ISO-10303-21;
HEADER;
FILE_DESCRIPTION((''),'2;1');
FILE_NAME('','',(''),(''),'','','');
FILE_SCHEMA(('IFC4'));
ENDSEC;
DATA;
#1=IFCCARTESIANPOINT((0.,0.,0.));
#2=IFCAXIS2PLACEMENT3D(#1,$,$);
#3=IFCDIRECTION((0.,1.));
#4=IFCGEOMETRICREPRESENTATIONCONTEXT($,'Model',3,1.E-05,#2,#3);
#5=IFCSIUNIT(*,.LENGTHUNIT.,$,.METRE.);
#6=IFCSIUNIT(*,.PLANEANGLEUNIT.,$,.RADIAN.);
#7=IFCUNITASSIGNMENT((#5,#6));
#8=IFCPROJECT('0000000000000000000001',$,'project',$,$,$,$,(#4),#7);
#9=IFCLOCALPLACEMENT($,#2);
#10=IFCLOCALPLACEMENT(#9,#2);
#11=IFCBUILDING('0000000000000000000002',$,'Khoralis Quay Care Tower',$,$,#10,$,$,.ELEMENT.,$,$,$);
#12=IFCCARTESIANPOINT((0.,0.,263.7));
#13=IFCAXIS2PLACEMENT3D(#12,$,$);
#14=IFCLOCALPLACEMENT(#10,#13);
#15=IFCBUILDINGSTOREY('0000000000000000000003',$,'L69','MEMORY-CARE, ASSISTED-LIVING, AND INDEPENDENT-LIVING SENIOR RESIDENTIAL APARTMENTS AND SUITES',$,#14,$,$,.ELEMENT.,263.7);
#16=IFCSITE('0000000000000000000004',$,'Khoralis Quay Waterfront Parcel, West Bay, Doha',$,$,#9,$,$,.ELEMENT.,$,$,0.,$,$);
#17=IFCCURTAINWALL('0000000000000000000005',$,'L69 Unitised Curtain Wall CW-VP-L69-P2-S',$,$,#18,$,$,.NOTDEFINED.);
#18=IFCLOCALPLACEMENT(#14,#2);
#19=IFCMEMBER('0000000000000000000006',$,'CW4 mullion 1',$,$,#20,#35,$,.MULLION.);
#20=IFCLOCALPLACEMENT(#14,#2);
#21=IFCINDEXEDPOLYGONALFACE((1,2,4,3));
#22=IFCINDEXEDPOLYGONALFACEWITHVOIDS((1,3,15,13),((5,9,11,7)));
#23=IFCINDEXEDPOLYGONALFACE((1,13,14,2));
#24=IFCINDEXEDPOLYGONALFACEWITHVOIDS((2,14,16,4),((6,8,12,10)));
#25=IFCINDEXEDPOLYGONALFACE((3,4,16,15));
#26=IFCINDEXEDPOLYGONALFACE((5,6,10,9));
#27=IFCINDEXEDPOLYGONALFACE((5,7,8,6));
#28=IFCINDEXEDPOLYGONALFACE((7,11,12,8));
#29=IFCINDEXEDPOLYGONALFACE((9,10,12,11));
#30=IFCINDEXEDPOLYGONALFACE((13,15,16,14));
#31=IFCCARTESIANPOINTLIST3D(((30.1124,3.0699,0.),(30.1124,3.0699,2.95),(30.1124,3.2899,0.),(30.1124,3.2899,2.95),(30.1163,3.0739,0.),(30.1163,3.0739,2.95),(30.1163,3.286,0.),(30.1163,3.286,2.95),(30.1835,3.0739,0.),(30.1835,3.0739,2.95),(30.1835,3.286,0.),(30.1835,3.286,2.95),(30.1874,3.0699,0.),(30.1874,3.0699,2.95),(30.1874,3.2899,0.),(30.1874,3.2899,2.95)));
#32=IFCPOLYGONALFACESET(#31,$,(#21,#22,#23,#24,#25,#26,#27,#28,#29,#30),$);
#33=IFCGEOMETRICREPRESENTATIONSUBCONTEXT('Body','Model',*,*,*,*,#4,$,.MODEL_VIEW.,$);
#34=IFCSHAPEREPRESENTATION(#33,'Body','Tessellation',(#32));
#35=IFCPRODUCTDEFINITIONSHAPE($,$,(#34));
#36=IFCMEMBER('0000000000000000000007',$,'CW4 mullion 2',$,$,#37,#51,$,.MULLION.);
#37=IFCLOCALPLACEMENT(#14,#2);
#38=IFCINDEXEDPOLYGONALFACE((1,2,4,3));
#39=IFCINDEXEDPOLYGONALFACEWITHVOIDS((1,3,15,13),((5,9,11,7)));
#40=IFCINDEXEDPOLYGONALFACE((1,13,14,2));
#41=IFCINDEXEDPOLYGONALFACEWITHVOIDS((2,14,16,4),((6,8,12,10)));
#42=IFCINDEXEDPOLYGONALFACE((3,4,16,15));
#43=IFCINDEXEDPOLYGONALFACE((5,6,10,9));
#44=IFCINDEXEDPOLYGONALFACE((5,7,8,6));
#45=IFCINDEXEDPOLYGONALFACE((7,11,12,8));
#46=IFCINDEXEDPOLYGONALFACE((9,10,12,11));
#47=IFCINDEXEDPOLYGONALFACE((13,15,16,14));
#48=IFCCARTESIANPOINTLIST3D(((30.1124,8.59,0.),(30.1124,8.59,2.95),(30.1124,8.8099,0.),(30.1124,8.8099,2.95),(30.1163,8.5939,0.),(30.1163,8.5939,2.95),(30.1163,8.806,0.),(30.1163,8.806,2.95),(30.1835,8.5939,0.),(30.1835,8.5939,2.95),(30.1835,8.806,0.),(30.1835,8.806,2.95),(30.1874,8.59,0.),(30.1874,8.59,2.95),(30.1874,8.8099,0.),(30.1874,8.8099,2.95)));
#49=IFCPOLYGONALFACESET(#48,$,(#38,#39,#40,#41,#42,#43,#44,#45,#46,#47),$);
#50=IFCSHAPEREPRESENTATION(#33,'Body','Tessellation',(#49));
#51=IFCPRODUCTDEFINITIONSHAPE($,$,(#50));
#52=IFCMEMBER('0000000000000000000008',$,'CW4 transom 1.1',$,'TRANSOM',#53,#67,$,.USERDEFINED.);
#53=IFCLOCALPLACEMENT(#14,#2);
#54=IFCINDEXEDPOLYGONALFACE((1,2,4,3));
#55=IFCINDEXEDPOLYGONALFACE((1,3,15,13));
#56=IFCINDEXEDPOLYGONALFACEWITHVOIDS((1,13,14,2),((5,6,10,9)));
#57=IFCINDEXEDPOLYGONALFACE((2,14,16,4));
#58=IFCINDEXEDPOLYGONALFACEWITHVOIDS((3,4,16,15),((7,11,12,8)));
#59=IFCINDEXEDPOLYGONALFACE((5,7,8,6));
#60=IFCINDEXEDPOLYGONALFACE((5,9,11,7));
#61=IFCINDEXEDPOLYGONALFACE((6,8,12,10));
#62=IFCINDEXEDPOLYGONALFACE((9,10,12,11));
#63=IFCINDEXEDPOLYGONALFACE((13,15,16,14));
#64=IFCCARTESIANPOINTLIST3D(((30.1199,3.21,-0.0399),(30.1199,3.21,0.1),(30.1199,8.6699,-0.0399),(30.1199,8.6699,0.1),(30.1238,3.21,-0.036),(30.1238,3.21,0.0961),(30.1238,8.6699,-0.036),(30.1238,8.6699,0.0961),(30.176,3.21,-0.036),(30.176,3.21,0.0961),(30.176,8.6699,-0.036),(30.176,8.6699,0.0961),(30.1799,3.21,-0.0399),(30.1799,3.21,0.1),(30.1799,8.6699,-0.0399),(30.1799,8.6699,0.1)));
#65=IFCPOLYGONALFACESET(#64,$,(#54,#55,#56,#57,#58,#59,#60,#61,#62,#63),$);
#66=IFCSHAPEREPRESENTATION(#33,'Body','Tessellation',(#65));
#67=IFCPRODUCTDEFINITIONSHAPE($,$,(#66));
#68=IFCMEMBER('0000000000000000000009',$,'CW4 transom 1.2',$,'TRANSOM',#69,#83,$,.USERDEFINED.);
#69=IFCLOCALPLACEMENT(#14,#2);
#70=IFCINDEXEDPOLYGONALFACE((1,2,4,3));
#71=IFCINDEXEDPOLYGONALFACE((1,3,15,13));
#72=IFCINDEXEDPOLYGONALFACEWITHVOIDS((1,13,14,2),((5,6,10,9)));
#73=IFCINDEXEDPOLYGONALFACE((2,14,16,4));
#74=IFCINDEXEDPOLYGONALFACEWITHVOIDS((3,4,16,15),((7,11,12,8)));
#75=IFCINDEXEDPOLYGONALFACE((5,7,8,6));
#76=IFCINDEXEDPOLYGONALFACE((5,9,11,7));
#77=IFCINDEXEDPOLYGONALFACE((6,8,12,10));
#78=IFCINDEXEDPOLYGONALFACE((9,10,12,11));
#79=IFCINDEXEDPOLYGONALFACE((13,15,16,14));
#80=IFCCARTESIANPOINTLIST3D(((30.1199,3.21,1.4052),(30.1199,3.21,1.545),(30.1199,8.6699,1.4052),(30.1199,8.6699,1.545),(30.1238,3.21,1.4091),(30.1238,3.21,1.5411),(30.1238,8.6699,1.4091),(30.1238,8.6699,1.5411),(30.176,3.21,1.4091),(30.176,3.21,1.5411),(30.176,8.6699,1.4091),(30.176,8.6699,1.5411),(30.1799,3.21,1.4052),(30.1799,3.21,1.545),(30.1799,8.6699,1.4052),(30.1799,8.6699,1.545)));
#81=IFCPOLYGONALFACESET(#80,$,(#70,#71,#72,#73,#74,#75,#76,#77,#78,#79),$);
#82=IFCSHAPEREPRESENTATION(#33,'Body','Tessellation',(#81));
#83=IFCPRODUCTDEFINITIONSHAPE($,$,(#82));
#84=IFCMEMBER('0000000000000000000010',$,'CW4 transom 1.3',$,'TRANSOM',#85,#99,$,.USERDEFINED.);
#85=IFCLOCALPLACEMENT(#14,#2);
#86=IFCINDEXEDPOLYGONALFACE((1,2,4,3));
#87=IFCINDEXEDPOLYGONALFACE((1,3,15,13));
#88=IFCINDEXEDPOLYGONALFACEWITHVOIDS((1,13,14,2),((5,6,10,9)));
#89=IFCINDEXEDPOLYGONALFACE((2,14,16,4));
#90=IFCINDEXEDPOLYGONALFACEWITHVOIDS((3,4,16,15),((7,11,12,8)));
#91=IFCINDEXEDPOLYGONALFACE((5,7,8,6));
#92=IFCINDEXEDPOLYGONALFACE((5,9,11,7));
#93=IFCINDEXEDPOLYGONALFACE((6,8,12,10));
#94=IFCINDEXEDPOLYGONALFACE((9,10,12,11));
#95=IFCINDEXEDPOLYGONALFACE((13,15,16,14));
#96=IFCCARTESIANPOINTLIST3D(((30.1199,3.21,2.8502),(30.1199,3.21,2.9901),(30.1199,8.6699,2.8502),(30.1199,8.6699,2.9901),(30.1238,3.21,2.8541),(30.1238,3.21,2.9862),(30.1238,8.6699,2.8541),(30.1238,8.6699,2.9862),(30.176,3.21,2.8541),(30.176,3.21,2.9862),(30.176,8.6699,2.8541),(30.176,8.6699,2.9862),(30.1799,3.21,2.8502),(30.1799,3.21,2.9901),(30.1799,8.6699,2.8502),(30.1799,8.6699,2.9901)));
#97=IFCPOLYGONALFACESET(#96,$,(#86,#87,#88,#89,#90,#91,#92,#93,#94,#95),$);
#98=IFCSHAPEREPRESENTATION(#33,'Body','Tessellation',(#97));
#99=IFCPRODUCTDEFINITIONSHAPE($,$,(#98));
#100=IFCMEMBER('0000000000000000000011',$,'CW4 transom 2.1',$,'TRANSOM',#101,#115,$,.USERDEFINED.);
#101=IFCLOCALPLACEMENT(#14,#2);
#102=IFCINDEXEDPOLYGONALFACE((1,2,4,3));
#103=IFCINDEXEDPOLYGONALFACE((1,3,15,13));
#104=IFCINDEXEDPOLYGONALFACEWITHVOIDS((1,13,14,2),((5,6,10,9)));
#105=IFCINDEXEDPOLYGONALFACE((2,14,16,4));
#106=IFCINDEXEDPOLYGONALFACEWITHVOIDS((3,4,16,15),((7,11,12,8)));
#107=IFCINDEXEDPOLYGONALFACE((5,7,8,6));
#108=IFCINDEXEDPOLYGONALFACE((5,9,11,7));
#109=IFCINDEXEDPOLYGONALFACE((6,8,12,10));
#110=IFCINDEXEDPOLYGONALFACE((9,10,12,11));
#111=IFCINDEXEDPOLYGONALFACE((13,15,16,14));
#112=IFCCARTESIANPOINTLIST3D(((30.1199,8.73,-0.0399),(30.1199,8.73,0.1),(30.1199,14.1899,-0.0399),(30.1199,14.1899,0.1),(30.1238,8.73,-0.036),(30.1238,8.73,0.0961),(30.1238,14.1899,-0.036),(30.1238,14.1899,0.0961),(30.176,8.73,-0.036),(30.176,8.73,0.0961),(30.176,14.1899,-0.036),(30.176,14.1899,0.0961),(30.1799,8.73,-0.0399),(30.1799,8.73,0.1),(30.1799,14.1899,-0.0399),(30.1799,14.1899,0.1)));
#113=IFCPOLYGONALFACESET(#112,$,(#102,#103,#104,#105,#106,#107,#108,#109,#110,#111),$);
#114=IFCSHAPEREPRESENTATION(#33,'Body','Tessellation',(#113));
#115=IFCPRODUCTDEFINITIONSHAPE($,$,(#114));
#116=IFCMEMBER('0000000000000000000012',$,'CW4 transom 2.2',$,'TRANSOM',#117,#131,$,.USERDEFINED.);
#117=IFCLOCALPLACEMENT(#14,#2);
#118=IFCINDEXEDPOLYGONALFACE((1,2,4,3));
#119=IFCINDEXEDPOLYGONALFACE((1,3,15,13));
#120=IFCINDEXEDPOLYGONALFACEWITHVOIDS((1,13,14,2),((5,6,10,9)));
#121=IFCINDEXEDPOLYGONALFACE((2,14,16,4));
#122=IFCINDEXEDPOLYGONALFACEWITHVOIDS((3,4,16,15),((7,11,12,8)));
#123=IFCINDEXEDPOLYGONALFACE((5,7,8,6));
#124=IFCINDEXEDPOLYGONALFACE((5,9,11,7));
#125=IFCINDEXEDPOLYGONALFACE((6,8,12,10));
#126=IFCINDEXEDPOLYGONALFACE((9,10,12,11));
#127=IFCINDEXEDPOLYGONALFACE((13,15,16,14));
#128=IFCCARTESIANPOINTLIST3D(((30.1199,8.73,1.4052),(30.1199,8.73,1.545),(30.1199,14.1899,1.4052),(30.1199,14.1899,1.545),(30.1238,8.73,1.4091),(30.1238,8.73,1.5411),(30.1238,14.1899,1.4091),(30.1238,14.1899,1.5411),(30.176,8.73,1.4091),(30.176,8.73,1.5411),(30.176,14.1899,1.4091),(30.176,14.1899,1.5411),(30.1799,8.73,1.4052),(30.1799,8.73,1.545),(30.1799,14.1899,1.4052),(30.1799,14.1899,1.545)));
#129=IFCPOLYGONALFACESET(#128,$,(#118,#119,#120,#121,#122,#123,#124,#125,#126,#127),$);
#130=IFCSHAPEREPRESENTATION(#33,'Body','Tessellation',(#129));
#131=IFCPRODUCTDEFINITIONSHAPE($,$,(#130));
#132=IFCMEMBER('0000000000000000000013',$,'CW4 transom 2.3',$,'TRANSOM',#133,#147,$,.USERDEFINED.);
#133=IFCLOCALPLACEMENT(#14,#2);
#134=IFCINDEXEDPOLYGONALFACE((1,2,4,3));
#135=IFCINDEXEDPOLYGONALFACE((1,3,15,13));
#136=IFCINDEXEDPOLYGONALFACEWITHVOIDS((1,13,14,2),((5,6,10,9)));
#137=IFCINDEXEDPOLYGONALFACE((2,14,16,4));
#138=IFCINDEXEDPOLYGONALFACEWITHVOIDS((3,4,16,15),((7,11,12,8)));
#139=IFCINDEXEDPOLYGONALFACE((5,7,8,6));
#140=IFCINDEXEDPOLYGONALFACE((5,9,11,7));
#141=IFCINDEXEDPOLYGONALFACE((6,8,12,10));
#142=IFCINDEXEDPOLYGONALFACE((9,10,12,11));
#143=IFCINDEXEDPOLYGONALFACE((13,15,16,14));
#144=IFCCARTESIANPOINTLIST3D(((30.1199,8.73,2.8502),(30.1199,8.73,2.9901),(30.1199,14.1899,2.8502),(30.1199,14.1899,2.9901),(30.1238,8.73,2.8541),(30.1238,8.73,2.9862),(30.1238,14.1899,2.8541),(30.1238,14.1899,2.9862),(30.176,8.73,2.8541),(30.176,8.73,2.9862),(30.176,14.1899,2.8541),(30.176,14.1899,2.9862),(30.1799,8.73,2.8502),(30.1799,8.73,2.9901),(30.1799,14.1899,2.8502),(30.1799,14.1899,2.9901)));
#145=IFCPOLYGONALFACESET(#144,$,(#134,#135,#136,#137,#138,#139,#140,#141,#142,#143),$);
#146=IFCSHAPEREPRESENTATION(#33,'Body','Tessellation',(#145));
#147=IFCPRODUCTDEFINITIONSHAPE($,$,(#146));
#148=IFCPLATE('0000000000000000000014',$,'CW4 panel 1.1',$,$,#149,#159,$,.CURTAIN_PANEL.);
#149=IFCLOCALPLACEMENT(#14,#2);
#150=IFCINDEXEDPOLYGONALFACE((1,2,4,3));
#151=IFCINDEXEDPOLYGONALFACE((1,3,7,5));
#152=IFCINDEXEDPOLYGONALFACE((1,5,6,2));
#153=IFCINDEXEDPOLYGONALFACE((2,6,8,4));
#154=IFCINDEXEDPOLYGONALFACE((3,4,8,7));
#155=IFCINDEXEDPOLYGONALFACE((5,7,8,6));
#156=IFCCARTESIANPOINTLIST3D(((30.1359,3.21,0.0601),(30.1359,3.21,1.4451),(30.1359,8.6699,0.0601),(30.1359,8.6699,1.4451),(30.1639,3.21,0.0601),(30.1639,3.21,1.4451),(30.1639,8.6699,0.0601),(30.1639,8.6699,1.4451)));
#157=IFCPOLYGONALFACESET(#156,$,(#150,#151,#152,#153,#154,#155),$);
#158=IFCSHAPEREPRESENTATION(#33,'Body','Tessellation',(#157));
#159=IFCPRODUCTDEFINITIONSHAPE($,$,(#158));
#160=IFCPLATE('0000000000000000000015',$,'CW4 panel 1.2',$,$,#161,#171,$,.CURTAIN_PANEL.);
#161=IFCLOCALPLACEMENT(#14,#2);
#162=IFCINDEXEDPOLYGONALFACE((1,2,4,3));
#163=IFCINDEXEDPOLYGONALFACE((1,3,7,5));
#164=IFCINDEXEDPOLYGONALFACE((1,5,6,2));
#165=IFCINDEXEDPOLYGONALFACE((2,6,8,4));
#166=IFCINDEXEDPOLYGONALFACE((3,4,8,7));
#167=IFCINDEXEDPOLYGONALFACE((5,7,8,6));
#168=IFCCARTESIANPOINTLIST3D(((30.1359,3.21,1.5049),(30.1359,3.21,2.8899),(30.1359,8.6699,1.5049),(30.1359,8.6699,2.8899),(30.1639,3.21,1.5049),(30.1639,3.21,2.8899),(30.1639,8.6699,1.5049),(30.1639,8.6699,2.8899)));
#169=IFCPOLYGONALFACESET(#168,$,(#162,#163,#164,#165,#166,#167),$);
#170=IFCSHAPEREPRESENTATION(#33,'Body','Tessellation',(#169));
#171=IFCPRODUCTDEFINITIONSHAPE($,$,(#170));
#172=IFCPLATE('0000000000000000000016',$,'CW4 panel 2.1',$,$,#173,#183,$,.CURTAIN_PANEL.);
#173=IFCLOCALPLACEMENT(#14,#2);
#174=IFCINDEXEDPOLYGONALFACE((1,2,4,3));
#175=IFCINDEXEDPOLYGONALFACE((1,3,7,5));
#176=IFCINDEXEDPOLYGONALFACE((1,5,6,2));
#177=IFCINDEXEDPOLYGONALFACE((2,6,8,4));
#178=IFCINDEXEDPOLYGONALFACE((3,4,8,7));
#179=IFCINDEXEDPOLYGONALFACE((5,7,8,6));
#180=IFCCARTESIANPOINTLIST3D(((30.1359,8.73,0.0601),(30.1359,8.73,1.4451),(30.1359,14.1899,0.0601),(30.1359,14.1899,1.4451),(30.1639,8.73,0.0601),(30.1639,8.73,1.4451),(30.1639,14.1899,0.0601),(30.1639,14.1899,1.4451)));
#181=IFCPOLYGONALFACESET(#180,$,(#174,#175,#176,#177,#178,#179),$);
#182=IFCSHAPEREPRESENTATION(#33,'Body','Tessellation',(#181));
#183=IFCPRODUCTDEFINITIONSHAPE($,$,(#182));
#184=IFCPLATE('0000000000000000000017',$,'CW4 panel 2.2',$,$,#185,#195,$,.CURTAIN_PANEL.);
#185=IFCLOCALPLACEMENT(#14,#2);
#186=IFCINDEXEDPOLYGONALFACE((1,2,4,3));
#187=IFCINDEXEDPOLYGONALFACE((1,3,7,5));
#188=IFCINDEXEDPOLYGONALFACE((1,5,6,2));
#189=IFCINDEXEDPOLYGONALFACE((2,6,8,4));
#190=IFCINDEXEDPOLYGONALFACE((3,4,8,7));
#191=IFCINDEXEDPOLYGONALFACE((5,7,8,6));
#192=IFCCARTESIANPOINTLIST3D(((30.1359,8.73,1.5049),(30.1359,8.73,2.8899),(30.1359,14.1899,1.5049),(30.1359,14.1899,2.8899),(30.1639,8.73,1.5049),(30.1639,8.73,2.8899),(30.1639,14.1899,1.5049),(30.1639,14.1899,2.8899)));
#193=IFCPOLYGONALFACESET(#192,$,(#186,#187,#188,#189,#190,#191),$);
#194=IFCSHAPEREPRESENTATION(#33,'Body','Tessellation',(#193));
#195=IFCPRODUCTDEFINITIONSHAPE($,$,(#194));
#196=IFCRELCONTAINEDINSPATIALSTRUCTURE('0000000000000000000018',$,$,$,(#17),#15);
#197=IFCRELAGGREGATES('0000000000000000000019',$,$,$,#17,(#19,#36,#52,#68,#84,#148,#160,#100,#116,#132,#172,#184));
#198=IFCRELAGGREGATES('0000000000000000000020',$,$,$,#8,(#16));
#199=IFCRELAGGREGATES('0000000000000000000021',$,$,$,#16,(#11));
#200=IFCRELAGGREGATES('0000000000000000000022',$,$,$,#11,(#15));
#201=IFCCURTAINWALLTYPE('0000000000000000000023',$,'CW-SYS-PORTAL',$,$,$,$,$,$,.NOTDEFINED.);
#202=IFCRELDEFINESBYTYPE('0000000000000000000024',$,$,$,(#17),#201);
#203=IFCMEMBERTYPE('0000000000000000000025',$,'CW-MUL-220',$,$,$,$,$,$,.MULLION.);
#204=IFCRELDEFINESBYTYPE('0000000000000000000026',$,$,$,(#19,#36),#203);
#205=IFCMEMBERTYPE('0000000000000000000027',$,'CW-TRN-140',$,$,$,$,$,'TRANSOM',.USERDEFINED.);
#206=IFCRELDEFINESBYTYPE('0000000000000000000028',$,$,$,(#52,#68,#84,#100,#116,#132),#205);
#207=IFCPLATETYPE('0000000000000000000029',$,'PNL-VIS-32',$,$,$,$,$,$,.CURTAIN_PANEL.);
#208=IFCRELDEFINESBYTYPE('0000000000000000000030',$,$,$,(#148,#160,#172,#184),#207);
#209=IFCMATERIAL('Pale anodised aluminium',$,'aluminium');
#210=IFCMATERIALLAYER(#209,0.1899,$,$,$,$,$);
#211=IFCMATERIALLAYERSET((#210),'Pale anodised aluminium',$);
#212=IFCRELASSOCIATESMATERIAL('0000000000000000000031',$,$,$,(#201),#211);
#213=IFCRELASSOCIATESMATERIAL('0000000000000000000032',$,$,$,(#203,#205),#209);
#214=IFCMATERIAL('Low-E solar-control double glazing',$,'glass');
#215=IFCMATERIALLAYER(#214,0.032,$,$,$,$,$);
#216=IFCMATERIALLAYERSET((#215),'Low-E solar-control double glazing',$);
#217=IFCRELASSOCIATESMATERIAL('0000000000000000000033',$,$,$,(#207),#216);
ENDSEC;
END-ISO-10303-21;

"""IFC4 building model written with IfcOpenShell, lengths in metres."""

from ifc_helpers import new_model, si_unit, direction, frame, origin, origin_2d, place, context, subcontext, project, spatial, rectangle, hollow_rectangle, extrude, source, transform, mapped, material, layer, layer_set, material_profile, profile_set, type_object, element, aggregate, save


model = new_model("IFC4")

# Units and contexts
model_context = context("Model", 3, precision=1e-05, world=origin(), true_north=direction((0.0, 1.0)))
body_context = subcontext(model_context, "Body", "Model", "MODEL_VIEW")
ifc_project = project(units=[si_unit("LENGTHUNIT", "METRE"), si_unit("PLANEANGLEUNIT", "RADIAN")], contexts=[model_context])

# Site, building, storey
site_placement = place(None, origin())
site = spatial("IfcSite", under=ifc_project, at=site_placement, Name="Khoralis Quay Waterfront Parcel, West Bay, Doha", CompositionType="ELEMENT", RefElevation=0.0)
building_placement = place(site_placement, origin())
building = spatial("IfcBuilding", under=site, at=building_placement, Name="Khoralis Quay Care Tower", CompositionType="ELEMENT")
storey_placement = place(building_placement, frame((0.0, 0.0, 263.7)))
storey = spatial("IfcBuildingStorey", under=building, at=storey_placement, Name="L69", Description="MEMORY-CARE, ASSISTED-LIVING, AND INDEPENDENT-LIVING SENIOR RESIDENTIAL APARTMENTS AND SUITES", CompositionType="ELEMENT", Elevation=263.7)

# Curtain wall, members, plates
ifc_material_1 = material(Name="Pale anodised aluminium", Category="aluminium")
ifc_layer_1 = layer(ifc_material_1, 0.1899)
ifc_layer_set_1 = layer_set([ifc_layer_1], Name="Pale anodised aluminium")
curtain_wall_type = type_object("IfcCurtainWallType", Name="CW-SYS-PORTAL", PredefinedType="NOTDEFINED", material=ifc_layer_set_1)
curtain_wall_placement = place(storey_placement, origin())
curtain_wall = element("IfcCurtainWall", 1, at=curtain_wall_placement, inside=storey, type_object=curtain_wall_type, Name="L69 Unitised Curtain Wall CW-VP-L69-P2-S", PredefinedType="NOTDEFINED")
ifc_material_profile_1 = material_profile(ifc_material_1, hollow_rectangle(XDim=0.075, YDim=0.22, WallThickness=0.0039, at=origin_2d()), Name="Pale anodised aluminium")
ifc_profile_set_1 = profile_set([ifc_material_profile_1], Name="Pale anodised aluminium")
member_type_1 = type_object("IfcMemberType", Name="CW-MUL-220", PredefinedType="MULLION", material=ifc_profile_set_1)
shared_shape_1 = source(origin(), body_context, "Body", "SweptSolid", [
    extrude(hollow_rectangle(XDim=0.075, YDim=0.22, WallThickness=0.0039, at=origin_2d()), origin(), (0.0, 0.0, 1.0), 2.95),
])
member_1_placement = place(storey_placement, frame((30.1499, 3.1799, 0.0), z_axis=(0.0, 0.0, 1.0), x_axis=(-1.0, 0.0, 0.0)))
member_1 = element("IfcMember", 2, at=member_1_placement, type_object=member_type_1, Name="CW4 mullion 1", PredefinedType="MULLION", context=body_context, shape_type="MappedRepresentation", body=[
    mapped(shared_shape_1, transform((0.0, 0.0, 0.0), scale=1.0)),
])
member_2_placement = place(storey_placement, frame((30.1499, 8.7, 0.0), z_axis=(0.0, 0.0, 1.0), x_axis=(-1.0, 0.0, 0.0)))
member_2 = element("IfcMember", 3, at=member_2_placement, type_object=member_type_1, Name="CW4 mullion 2", PredefinedType="MULLION", context=body_context, shape_type="MappedRepresentation", body=[
    mapped(shared_shape_1, transform((0.0, 0.0, 0.0), scale=1.0)),
])
ifc_material_profile_2 = material_profile(ifc_material_1, hollow_rectangle(XDim=0.0601, YDim=0.1399, WallThickness=0.0039, at=origin_2d()), Name="Pale anodised aluminium")
ifc_profile_set_2 = profile_set([ifc_material_profile_2], Name="Pale anodised aluminium")
member_type_2 = type_object("IfcMemberType", Name="CW-TRN-140", ElementType="TRANSOM", PredefinedType="USERDEFINED", material=ifc_profile_set_2)
shared_shape_2 = source(origin(), body_context, "Body", "SweptSolid", [
    extrude(hollow_rectangle(XDim=0.0601, YDim=0.1399, WallThickness=0.0039, at=origin_2d()), origin(), (0.0, 0.0, 1.0), 5.46),
])
member_3_placement = place(storey_placement, frame((30.1499, 3.21, 0.03), z_axis=(0.0, 1.0, 0.0), x_axis=(-1.0, 0.0, 0.0)))
member_3 = element("IfcMember", 4, at=member_3_placement, type_object=member_type_2, Name="CW4 transom 1.1", ObjectType="TRANSOM", PredefinedType="USERDEFINED", context=body_context, shape_type="MappedRepresentation", body=[
    mapped(shared_shape_2, transform((0.0, 0.0, 0.0), scale=1.0)),
])
member_4_placement = place(storey_placement, frame((30.1499, 3.21, 1.4751), z_axis=(0.0, 1.0, 0.0), x_axis=(-1.0, 0.0, 0.0)))
member_4 = element("IfcMember", 5, at=member_4_placement, type_object=member_type_2, Name="CW4 transom 1.2", ObjectType="TRANSOM", PredefinedType="USERDEFINED", context=body_context, shape_type="MappedRepresentation", body=[
    mapped(shared_shape_2, transform((0.0, 0.0, 0.0), scale=1.0)),
])
member_5_placement = place(storey_placement, frame((30.1499, 3.21, 2.9202), z_axis=(0.0, 1.0, 0.0), x_axis=(-1.0, 0.0, 0.0)))
member_5 = element("IfcMember", 6, at=member_5_placement, type_object=member_type_2, Name="CW4 transom 1.3", ObjectType="TRANSOM", PredefinedType="USERDEFINED", context=body_context, shape_type="MappedRepresentation", body=[
    mapped(shared_shape_2, transform((0.0, 0.0, 0.0), scale=1.0)),
])
member_6_placement = place(storey_placement, frame((30.1499, 8.73, 0.03), z_axis=(0.0, 1.0, 0.0), x_axis=(-1.0, 0.0, 0.0)))
member_6 = element("IfcMember", 7, at=member_6_placement, type_object=member_type_2, Name="CW4 transom 2.1", ObjectType="TRANSOM", PredefinedType="USERDEFINED", context=body_context, shape_type="MappedRepresentation", body=[
    mapped(shared_shape_2, transform((0.0, 0.0, 0.0), scale=1.0)),
])
member_7_placement = place(storey_placement, frame((30.1499, 8.73, 1.4751), z_axis=(0.0, 1.0, 0.0), x_axis=(-1.0, 0.0, 0.0)))
member_7 = element("IfcMember", 8, at=member_7_placement, type_object=member_type_2, Name="CW4 transom 2.2", ObjectType="TRANSOM", PredefinedType="USERDEFINED", context=body_context, shape_type="MappedRepresentation", body=[
    mapped(shared_shape_2, transform((0.0, 0.0, 0.0), scale=1.0)),
])
member_8_placement = place(storey_placement, frame((30.1499, 8.73, 2.9202), z_axis=(0.0, 1.0, 0.0), x_axis=(-1.0, 0.0, 0.0)))
member_8 = element("IfcMember", 9, at=member_8_placement, type_object=member_type_2, Name="CW4 transom 2.3", ObjectType="TRANSOM", PredefinedType="USERDEFINED", context=body_context, shape_type="MappedRepresentation", body=[
    mapped(shared_shape_2, transform((0.0, 0.0, 0.0), scale=1.0)),
])
ifc_material_2 = material(Name="Low-E solar-control double glazing", Category="glass")
ifc_layer_2 = layer(ifc_material_2, 0.032)
ifc_layer_set_2 = layer_set([ifc_layer_2], Name="Low-E solar-control double glazing")
plate_type = type_object("IfcPlateType", Name="PNL-VIS-32", PredefinedType="CURTAIN_PANEL", material=ifc_layer_set_2)
shared_shape_3 = source(origin(), body_context, "Body", "SweptSolid", [
    extrude(rectangle(XDim=5.46, YDim=0.0281, at=origin_2d()), origin(), (0.0, 0.0, 1.0), 1.385),
])
plate_1_placement = place(storey_placement, frame((30.1499, 5.9399, 0.0601), z_axis=(0.0, 0.0, 1.0), x_axis=(0.0, 1.0, 0.0)))
plate_1 = element("IfcPlate", 10, at=plate_1_placement, type_object=plate_type, Name="CW4 panel 1.1", PredefinedType="CURTAIN_PANEL", context=body_context, shape_type="MappedRepresentation", body=[
    mapped(shared_shape_3, transform((0.0, 0.0, 0.0), scale=1.0)),
])
plate_2_placement = place(storey_placement, frame((30.1499, 5.9399, 1.5049), z_axis=(0.0, 0.0, 1.0), x_axis=(0.0, 1.0, 0.0)))
plate_2 = element("IfcPlate", 11, at=plate_2_placement, type_object=plate_type, Name="CW4 panel 1.2", PredefinedType="CURTAIN_PANEL", context=body_context, shape_type="MappedRepresentation", body=[
    mapped(shared_shape_3, transform((0.0, 0.0, 0.0), scale=1.0)),
])
plate_3_placement = place(storey_placement, frame((30.1499, 11.46, 0.0601), z_axis=(0.0, 0.0, 1.0), x_axis=(0.0, 1.0, 0.0)))
plate_3 = element("IfcPlate", 12, at=plate_3_placement, type_object=plate_type, Name="CW4 panel 2.1", PredefinedType="CURTAIN_PANEL", context=body_context, shape_type="MappedRepresentation", body=[
    mapped(shared_shape_3, transform((0.0, 0.0, 0.0), scale=1.0)),
])
plate_4_placement = place(storey_placement, frame((30.1499, 11.46, 1.5049), z_axis=(0.0, 0.0, 1.0), x_axis=(0.0, 1.0, 0.0)))
plate_4 = element("IfcPlate", 13, at=plate_4_placement, type_object=plate_type, Name="CW4 panel 2.2", PredefinedType="CURTAIN_PANEL", context=body_context, shape_type="MappedRepresentation", body=[
    mapped(shared_shape_3, transform((0.0, 0.0, 0.0), scale=1.0)),
])
aggregate(curtain_wall, [member_1, member_2, member_3, member_4, member_5, plate_1, plate_2, member_6, member_7, member_8, plate_3, plate_4])

save(model, "model.ifc")
